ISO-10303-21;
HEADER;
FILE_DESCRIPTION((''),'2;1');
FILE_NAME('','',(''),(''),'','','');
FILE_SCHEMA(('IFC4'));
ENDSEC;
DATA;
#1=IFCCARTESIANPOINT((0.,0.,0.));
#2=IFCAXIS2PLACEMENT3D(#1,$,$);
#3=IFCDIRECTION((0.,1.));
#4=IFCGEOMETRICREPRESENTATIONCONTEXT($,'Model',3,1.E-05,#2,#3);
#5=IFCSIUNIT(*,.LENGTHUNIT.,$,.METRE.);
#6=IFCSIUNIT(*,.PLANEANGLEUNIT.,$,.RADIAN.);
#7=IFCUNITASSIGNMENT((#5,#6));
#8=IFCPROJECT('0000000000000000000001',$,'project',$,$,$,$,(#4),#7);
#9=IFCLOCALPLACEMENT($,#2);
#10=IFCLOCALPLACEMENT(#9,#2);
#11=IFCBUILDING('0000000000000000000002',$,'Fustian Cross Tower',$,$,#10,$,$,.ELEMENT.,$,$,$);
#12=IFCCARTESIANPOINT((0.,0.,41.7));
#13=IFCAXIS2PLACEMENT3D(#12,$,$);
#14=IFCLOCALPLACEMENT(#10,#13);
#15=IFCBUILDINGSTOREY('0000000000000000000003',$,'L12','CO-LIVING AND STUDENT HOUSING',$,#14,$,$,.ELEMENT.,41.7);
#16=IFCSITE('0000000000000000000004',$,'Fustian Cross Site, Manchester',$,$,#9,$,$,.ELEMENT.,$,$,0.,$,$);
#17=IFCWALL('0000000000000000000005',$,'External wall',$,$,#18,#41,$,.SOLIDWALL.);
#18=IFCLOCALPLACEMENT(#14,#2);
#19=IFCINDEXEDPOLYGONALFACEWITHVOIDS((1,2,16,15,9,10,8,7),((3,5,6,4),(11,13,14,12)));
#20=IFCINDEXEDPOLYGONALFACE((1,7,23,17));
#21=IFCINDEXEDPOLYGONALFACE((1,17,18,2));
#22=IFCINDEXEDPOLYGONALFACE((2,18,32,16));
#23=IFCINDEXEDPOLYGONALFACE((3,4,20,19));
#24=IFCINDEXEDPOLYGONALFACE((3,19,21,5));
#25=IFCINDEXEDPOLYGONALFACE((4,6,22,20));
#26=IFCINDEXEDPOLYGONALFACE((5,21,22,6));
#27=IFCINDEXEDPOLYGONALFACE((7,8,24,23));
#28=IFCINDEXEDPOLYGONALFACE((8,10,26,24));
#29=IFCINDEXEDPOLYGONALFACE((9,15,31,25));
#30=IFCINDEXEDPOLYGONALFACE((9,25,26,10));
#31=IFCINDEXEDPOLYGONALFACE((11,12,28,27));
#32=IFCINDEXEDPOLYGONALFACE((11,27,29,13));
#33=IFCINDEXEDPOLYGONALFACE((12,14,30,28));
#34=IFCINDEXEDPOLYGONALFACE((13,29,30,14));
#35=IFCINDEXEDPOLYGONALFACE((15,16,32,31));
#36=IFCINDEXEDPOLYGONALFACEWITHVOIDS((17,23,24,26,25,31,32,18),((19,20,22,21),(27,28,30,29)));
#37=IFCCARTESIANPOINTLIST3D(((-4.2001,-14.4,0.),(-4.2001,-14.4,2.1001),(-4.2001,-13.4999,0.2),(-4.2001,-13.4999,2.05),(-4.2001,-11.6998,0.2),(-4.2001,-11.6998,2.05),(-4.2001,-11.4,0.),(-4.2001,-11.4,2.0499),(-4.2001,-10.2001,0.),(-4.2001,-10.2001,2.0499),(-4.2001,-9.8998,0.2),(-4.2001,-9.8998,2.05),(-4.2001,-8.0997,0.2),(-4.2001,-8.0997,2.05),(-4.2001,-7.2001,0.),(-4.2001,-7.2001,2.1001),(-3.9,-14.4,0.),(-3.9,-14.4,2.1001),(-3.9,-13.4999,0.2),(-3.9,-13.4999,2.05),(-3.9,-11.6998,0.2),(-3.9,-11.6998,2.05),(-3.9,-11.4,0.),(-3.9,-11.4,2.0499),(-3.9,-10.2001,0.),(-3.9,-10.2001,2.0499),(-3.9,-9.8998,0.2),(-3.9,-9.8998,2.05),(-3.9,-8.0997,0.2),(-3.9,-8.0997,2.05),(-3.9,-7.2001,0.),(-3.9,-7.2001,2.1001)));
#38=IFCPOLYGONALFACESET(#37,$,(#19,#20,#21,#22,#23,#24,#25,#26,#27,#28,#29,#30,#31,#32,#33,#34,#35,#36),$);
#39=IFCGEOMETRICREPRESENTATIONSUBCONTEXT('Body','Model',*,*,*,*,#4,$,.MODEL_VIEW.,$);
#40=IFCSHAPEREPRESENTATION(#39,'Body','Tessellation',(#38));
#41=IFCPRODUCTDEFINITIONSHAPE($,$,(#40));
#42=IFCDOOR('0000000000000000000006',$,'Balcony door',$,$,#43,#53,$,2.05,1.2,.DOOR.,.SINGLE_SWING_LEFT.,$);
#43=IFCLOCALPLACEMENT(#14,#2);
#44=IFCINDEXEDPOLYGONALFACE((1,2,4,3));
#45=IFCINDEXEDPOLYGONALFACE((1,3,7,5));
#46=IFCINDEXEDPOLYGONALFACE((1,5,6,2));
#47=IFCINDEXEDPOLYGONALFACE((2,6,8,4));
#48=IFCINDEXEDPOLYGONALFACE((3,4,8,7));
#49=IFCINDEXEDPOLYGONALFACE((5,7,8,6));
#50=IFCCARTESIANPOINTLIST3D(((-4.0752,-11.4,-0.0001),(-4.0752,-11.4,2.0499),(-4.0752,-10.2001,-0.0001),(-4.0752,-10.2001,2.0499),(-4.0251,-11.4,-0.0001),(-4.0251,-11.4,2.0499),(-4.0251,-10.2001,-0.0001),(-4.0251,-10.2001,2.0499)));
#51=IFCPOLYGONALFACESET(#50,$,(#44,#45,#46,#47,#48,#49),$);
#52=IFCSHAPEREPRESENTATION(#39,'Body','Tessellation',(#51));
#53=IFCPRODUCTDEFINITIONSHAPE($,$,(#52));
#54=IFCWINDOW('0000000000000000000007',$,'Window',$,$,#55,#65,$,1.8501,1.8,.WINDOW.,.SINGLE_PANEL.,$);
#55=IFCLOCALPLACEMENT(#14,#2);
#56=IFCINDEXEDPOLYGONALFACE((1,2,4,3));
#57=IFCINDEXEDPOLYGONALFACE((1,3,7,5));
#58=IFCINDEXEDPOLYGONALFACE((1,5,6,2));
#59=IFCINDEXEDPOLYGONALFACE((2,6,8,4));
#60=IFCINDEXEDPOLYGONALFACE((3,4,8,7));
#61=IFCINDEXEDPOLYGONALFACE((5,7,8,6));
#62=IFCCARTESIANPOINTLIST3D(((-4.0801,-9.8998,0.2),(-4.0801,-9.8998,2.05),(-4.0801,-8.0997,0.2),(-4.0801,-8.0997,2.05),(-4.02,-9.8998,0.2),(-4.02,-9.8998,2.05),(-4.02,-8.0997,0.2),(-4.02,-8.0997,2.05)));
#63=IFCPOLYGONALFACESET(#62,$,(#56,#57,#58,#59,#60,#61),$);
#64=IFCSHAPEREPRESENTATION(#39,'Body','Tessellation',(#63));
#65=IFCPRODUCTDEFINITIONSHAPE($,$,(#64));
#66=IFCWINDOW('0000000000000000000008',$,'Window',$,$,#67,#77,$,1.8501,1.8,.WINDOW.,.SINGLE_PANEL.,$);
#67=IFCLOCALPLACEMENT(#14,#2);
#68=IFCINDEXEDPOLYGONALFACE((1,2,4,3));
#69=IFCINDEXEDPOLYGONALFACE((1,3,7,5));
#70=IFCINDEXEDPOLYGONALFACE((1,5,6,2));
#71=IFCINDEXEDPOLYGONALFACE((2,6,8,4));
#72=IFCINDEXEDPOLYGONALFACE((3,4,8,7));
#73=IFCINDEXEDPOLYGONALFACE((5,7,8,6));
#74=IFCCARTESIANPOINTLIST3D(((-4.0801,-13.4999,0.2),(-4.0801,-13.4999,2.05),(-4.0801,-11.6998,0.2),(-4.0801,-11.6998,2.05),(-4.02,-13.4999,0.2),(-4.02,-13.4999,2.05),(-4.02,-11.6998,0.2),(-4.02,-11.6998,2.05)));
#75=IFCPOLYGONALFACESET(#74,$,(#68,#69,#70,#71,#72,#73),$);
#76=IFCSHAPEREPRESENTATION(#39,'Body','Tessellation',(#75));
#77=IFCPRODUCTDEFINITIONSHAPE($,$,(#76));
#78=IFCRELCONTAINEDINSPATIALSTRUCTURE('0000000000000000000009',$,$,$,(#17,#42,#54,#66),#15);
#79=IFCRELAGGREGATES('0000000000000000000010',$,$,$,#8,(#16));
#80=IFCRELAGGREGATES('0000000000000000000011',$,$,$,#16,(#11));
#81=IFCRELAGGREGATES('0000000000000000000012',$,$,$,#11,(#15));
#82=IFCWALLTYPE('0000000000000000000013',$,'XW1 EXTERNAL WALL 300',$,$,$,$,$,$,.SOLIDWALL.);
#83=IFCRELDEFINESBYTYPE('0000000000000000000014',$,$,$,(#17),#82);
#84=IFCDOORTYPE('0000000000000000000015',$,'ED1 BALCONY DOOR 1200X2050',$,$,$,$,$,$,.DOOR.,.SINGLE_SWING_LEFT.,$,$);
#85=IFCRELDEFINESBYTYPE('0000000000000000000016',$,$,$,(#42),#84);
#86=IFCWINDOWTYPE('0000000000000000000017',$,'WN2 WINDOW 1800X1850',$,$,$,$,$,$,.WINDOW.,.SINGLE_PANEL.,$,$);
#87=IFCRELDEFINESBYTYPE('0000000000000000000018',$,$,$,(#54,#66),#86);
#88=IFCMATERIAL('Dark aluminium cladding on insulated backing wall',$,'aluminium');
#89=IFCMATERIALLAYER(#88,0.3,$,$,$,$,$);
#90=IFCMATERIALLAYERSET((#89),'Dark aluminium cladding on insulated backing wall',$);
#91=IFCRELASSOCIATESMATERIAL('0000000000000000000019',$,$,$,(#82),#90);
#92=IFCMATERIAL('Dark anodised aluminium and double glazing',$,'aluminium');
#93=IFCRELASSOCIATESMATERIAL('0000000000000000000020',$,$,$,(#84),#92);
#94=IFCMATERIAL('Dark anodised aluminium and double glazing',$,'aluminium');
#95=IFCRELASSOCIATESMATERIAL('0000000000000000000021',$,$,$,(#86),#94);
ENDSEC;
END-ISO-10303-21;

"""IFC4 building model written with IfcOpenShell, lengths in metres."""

from ifc_helpers import new_model, si_unit, direction, frame, frame_2d, origin, place, context, subcontext, project, spatial, rectangle, extrude, material, layer, layer_set, type_object, element, fill, save


model = new_model("IFC4")

# Units and contexts
model_context = context("Model", 3, precision=1e-05, world=origin(), true_north=direction((0.0, 1.0)))
body_context = subcontext(model_context, "Body", "Model", "MODEL_VIEW")
ifc_project = project(units=[si_unit("LENGTHUNIT", "METRE"), si_unit("PLANEANGLEUNIT", "RADIAN")], contexts=[model_context])

# Site, building, storey
site_placement = place(None, origin())
site = spatial("IfcSite", under=ifc_project, at=site_placement, Name="Fustian Cross Site, Manchester", CompositionType="ELEMENT", RefElevation=0.0)
building_placement = place(site_placement, origin())
building = spatial("IfcBuilding", under=site, at=building_placement, Name="Fustian Cross Tower", CompositionType="ELEMENT")
storey_placement = place(building_placement, frame((0.0, 0.0, 41.7)))
storey = spatial("IfcBuildingStorey", under=building, at=storey_placement, Name="L12", Description="CO-LIVING AND STUDENT HOUSING", CompositionType="ELEMENT", Elevation=41.7)

# Shared definitions
ifc_material_1 = material(Name="Dark aluminium cladding on insulated backing wall", Category="aluminium")
ifc_layer_1 = layer(ifc_material_1, 0.3)
ifc_layer_set_1 = layer_set([ifc_layer_1], Name="Dark aluminium cladding on insulated backing wall")
wall_type_1 = type_object("IfcWallType", Name="XW1 EXTERNAL WALL 300", PredefinedType="SOLIDWALL", material=ifc_layer_set_1)

# Wall, openings, door, windows
wall_1_placement = place(storey_placement, frame((-4.05, -7.2, 0.0), z_axis=(0.0, 0.0, 1.0), x_axis=(0.0, -1.0, 0.0)))
wall_1 = element("IfcWall", 1, at=wall_1_placement, inside=storey, type_object=wall_type_1, Name="External wall", PredefinedType="SOLIDWALL", context=body_context, shape_type="SweptSolid", body=[
    extrude(rectangle(XDim=7.2, YDim=0.3, at=frame_2d((3.6001, 0.0))), origin(), (0.0, 0.0, 1.0), 2.1001),
])
opening_1_placement = place(wall_1_placement, frame((3.0, 0.0, 0.0)))
opening_1 = element("IfcOpeningElement", 2, at=opening_1_placement, cuts=wall_1, PredefinedType="OPENING", context=body_context, shape_type="SweptSolid", body=[
    extrude(rectangle(XDim=1.2, YDim=2.05, at=frame_2d((0.6001, 1.0249))), frame((0.0, 0.1599, 0.0), z_axis=(0.0, -1.0, 0.0), x_axis=(1.0, 0.0, 0.0)), (0.0, 0.0, 1.0), 0.3201),
])
opening_2_placement = place(wall_1_placement, frame((0.8999, 0.0, 0.2)))
opening_2 = element("IfcOpeningElement", 3, at=opening_2_placement, cuts=wall_1, PredefinedType="OPENING", context=body_context, shape_type="SweptSolid", body=[
    extrude(rectangle(XDim=1.8, YDim=1.8501, at=frame_2d((0.8999, 0.925))), frame((0.0, 0.1599, 0.0), z_axis=(0.0, -1.0, 0.0), x_axis=(1.0, 0.0, 0.0)), (0.0, 0.0, 1.0), 0.3201),
])
opening_3_placement = place(wall_1_placement, frame((4.5, 0.0, 0.2)))
opening_3 = element("IfcOpeningElement", 4, at=opening_3_placement, cuts=wall_1, PredefinedType="OPENING", context=body_context, shape_type="SweptSolid", body=[
    extrude(rectangle(XDim=1.8, YDim=1.8501, at=frame_2d((0.8999, 0.925))), frame((0.0, 0.1599, 0.0), z_axis=(0.0, -1.0, 0.0), x_axis=(1.0, 0.0, 0.0)), (0.0, 0.0, 1.0), 0.3201),
])
ifc_material_2 = material(Name="Dark anodised aluminium and double glazing", Category="aluminium")
door_type_1 = type_object("IfcDoorType", Name="ED1 BALCONY DOOR 1200X2050", OperationType="SINGLE_SWING_LEFT", PredefinedType="DOOR", material=ifc_material_2)
door_1_placement = place(opening_1_placement, origin())
door_1 = element("IfcDoor", 5, at=door_1_placement, inside=storey, type_object=door_type_1, Name="Balcony door", OperationType="SINGLE_SWING_LEFT", OverallHeight=2.05, OverallWidth=1.2, PredefinedType="DOOR", context=body_context, shape_type="SweptSolid", body=[
    extrude(rectangle(XDim=1.2, YDim=2.05, at=frame_2d((0.6001, 1.0249))), frame((0.0, 0.0249, 0.0), z_axis=(0.0, -1.0, 0.0), x_axis=(1.0, 0.0, 0.0)), (0.0, 0.0, 1.0), 0.05),
])
fill(opening_1, door_1)
ifc_material_3 = material(Name="Dark anodised aluminium and double glazing", Category="aluminium")
window_type = type_object("IfcWindowType", Name="WN2 WINDOW 1800X1850", PartitioningType="SINGLE_PANEL", PredefinedType="WINDOW", material=ifc_material_3)
window_1_placement = place(opening_2_placement, origin())
window_1 = element("IfcWindow", 6, at=window_1_placement, inside=storey, type_object=window_type, Name="Window", OverallHeight=1.8501, OverallWidth=1.8, PartitioningType="SINGLE_PANEL", PredefinedType="WINDOW", context=body_context, shape_type="SweptSolid", body=[
    extrude(rectangle(XDim=1.8, YDim=1.8501, at=frame_2d((0.8999, 0.925))), frame((0.0, 0.03, 0.0), z_axis=(0.0, -1.0, 0.0), x_axis=(1.0, 0.0, 0.0)), (0.0, 0.0, 1.0), 0.0601),
])
fill(opening_2, window_1)
window_2_placement = place(opening_3_placement, origin())
window_2 = element("IfcWindow", 7, at=window_2_placement, inside=storey, type_object=window_type, Name="Window", OverallHeight=1.8501, OverallWidth=1.8, PartitioningType="SINGLE_PANEL", PredefinedType="WINDOW", context=body_context, shape_type="SweptSolid", body=[
    extrude(rectangle(XDim=1.8, YDim=1.8501, at=frame_2d((0.8999, 0.925))), frame((0.0, 0.03, 0.0), z_axis=(0.0, -1.0, 0.0), x_axis=(1.0, 0.0, 0.0)), (0.0, 0.0, 1.0), 0.0601),
])
fill(opening_3, window_2)

save(model, "model.ifc")
